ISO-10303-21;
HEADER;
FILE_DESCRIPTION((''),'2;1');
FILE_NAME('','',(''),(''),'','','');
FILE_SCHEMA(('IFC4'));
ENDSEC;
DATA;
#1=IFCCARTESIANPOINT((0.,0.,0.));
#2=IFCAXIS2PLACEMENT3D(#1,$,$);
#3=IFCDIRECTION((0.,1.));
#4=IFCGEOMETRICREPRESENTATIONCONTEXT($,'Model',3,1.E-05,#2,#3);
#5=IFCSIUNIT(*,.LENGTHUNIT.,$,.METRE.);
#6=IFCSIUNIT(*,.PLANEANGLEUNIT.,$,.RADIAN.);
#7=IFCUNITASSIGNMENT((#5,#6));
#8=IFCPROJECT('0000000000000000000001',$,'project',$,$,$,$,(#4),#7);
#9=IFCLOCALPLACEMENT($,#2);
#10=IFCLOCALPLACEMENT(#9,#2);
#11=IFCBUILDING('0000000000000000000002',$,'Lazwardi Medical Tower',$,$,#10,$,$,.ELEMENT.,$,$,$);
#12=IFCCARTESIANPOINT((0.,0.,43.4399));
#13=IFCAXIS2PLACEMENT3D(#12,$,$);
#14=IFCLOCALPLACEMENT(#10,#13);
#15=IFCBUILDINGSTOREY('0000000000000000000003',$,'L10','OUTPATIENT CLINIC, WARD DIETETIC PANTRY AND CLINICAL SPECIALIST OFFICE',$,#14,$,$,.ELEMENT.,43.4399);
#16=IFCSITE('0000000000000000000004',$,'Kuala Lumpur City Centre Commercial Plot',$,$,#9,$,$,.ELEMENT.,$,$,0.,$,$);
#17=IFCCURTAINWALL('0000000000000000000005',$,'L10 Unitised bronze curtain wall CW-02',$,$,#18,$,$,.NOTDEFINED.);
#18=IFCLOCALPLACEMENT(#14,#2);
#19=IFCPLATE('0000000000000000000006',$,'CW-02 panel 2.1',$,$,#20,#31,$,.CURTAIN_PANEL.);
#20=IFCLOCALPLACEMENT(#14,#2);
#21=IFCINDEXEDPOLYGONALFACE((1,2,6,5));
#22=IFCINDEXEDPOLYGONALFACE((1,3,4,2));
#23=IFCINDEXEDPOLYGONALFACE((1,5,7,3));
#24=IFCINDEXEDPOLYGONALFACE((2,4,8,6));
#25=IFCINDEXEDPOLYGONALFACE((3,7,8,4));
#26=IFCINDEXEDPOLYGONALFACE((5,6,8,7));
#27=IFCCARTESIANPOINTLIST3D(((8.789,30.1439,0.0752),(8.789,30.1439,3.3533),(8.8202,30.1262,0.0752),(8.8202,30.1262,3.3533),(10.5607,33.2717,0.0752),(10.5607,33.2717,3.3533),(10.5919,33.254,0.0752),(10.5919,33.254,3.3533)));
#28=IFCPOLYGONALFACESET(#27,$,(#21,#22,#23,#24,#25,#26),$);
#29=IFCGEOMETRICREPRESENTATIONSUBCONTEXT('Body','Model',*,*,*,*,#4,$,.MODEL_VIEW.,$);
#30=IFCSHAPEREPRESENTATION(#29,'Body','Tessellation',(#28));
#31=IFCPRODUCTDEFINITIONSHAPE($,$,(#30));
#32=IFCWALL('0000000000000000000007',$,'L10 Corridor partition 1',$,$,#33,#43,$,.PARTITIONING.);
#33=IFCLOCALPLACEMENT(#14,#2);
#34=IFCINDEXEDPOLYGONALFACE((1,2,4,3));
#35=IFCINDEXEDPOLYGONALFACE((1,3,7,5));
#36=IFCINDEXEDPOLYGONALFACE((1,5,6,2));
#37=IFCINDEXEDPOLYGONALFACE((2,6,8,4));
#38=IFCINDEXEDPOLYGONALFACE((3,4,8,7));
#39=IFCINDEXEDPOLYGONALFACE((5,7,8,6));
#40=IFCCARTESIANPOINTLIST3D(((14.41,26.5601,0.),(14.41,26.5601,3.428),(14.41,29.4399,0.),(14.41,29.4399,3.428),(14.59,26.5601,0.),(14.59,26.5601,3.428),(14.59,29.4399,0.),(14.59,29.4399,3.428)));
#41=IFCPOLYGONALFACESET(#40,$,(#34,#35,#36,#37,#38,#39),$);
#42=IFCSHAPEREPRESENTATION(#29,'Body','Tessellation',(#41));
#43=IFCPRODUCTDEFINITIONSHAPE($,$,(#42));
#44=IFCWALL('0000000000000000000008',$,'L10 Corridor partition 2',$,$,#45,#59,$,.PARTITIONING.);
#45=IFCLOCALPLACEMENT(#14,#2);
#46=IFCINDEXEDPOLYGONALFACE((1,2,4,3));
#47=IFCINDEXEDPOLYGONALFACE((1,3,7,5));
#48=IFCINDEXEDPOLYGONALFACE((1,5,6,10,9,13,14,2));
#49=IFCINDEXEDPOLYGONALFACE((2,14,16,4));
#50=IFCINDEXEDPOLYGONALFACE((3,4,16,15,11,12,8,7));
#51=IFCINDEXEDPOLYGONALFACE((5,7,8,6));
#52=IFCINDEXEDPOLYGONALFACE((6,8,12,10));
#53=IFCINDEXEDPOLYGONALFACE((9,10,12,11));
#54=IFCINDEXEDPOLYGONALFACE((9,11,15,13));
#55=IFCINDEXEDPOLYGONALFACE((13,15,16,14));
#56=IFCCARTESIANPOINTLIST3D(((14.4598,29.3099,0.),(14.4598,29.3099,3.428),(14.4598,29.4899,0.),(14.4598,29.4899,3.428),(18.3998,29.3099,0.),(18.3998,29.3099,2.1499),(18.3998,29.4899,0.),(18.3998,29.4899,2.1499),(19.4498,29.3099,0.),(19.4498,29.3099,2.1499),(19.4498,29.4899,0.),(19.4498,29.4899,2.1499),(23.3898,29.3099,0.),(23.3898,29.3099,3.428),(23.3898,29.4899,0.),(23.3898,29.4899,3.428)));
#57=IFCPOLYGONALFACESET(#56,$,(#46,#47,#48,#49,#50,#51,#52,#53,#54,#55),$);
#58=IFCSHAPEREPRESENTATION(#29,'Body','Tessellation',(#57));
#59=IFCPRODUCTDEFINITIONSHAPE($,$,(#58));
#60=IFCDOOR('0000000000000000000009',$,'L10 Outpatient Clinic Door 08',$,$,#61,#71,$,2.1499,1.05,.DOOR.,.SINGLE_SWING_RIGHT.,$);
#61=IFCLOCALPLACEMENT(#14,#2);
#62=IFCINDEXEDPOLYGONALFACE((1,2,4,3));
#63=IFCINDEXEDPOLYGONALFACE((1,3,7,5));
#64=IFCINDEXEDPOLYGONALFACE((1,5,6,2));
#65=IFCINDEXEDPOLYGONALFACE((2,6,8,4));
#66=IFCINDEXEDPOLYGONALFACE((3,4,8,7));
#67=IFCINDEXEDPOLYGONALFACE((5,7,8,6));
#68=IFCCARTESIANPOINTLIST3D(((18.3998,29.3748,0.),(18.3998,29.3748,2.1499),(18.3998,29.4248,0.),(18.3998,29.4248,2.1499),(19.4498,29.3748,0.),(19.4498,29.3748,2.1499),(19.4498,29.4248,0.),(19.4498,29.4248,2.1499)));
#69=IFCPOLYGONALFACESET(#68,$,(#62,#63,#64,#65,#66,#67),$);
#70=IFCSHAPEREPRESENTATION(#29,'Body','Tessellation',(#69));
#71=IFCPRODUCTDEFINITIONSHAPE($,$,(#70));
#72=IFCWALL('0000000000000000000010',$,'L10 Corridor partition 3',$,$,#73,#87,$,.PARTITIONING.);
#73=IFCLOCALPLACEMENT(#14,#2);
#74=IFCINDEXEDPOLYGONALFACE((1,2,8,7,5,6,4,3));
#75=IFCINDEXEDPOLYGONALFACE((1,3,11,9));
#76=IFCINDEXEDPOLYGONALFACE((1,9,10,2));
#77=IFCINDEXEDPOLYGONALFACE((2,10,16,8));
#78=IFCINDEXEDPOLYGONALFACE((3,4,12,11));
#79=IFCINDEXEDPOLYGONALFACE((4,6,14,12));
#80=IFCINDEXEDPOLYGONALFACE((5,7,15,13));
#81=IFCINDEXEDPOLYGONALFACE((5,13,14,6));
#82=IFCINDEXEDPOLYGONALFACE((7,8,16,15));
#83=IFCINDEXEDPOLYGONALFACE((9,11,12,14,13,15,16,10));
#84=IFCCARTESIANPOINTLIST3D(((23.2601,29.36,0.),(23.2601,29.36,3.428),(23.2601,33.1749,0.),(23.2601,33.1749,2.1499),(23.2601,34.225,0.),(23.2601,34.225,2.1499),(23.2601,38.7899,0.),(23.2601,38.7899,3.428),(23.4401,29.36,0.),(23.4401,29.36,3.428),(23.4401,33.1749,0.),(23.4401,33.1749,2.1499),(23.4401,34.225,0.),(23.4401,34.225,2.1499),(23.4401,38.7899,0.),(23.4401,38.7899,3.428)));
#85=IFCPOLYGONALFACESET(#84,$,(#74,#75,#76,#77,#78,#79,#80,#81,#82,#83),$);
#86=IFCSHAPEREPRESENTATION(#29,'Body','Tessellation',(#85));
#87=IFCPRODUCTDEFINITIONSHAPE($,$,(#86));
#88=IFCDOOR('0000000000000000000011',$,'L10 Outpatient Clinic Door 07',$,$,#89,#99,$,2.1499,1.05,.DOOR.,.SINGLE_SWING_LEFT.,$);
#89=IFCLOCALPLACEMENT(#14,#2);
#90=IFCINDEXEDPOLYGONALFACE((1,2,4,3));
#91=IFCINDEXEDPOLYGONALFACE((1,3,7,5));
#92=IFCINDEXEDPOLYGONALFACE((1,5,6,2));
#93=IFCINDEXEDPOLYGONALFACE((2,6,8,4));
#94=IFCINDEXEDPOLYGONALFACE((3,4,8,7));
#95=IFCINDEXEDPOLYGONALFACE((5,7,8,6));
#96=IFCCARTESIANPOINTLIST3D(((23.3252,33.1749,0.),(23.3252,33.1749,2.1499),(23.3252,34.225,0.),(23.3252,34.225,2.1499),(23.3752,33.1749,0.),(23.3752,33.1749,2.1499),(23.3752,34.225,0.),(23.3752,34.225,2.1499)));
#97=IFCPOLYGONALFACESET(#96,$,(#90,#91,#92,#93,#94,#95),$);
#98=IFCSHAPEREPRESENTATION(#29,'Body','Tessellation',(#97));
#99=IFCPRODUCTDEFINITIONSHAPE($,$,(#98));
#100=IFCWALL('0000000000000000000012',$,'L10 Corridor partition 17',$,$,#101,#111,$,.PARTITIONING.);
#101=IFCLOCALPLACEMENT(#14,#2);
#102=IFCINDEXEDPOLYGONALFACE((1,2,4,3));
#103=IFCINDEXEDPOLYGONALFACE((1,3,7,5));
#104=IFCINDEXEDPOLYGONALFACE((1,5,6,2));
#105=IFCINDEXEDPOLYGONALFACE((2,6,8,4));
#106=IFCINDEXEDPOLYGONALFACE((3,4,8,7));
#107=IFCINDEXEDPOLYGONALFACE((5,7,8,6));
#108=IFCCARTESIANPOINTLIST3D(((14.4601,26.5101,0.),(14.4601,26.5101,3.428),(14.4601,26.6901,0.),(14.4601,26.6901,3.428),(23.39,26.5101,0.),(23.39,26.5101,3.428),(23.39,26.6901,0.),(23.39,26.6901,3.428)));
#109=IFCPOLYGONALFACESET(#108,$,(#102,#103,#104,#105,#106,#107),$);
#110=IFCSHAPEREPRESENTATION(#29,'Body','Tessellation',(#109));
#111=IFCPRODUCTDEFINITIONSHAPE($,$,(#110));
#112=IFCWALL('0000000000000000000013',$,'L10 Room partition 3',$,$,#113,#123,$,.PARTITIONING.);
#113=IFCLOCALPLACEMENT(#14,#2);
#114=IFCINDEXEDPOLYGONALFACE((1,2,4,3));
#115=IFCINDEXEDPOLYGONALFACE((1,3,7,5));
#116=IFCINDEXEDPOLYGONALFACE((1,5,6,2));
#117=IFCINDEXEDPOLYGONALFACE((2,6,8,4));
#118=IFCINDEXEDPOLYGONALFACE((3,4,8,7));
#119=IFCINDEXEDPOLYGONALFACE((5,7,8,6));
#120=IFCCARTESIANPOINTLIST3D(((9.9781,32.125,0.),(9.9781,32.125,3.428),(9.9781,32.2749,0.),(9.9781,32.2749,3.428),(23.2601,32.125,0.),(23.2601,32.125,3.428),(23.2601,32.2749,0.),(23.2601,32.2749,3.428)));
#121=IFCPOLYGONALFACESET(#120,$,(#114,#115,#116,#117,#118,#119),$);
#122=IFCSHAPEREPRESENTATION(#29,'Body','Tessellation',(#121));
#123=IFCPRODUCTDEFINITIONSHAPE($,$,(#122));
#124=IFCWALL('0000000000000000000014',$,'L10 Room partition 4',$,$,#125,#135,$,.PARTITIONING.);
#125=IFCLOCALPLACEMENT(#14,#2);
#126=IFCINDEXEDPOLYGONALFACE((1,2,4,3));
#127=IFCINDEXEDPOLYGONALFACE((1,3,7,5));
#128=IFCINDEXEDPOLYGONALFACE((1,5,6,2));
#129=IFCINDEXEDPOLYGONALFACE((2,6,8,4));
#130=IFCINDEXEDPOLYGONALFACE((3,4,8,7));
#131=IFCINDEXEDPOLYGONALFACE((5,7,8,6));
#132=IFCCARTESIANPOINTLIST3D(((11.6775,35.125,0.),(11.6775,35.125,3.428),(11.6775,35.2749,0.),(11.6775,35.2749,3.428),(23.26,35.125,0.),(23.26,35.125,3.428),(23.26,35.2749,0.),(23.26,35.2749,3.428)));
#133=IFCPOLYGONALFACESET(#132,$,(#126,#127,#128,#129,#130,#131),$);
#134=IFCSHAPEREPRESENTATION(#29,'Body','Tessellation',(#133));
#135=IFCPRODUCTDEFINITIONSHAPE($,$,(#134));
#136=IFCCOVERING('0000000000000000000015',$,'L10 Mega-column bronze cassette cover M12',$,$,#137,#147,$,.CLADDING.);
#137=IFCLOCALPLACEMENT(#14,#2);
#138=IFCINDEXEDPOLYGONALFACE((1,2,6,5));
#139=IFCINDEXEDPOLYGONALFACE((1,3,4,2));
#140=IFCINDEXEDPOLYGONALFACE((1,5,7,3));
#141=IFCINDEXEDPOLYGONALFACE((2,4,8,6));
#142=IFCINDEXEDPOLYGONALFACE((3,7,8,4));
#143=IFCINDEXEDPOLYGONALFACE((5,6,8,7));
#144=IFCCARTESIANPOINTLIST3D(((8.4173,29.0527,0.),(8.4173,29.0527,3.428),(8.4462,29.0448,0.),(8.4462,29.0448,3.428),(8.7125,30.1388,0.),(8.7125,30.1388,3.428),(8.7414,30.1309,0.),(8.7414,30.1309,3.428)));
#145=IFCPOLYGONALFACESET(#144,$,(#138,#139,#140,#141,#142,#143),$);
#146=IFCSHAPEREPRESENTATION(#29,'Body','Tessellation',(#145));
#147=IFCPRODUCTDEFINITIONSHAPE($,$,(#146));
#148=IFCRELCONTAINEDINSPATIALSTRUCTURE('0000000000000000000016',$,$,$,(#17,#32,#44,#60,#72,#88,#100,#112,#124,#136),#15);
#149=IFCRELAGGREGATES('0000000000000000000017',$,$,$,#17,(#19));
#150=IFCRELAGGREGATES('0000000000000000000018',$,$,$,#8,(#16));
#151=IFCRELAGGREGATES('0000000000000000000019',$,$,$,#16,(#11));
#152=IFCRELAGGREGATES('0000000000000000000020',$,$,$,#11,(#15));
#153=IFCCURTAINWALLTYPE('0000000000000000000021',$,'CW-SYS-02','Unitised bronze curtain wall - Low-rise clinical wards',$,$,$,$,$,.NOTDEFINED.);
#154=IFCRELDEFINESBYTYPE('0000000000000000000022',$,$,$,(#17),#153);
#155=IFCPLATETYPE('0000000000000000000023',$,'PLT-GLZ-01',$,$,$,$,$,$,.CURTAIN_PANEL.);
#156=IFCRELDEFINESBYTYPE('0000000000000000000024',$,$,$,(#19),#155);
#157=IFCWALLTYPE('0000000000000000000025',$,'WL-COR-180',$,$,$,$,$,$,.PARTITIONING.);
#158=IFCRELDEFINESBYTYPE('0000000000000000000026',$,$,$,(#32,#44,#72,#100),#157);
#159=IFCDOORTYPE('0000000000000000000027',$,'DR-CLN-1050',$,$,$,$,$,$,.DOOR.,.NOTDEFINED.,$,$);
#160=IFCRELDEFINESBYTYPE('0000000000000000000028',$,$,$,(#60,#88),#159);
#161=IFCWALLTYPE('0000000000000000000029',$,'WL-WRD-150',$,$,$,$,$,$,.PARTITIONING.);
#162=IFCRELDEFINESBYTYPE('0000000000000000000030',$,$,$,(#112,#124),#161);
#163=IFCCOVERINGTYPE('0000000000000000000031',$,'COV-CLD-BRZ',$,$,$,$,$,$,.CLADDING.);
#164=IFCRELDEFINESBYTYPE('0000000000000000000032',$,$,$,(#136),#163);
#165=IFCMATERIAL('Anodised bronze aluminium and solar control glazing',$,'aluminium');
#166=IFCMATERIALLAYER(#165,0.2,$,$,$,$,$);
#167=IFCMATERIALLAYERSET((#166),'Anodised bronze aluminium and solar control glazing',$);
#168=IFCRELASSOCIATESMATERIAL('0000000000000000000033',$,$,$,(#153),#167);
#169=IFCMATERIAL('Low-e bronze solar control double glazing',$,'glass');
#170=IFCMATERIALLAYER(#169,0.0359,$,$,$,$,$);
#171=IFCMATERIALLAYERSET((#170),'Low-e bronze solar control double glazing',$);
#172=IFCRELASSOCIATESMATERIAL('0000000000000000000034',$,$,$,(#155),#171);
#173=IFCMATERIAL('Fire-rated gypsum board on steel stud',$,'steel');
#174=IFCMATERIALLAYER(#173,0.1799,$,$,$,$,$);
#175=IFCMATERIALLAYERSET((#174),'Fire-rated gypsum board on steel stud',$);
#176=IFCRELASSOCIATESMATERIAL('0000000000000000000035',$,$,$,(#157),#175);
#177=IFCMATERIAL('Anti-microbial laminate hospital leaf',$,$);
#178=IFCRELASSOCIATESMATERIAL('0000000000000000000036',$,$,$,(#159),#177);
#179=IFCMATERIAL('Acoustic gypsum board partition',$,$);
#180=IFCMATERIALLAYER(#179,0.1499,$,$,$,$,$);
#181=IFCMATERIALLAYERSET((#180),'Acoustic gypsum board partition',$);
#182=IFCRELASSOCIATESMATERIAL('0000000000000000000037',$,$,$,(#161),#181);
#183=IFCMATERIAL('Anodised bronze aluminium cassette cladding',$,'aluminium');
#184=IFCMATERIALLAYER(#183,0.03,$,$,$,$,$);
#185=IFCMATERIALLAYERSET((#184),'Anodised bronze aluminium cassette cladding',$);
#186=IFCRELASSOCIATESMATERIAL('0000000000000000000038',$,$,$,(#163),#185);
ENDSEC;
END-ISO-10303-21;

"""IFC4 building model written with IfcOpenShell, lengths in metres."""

from ifc_helpers import new_model, si_unit, direction, frame, frame_2d, origin, origin_2d, place, context, subcontext, project, spatial, rectangle, extrude, material, layer, layer_set, type_object, element, fill, aggregate, save


model = new_model("IFC4")

# Units and contexts
model_context = context("Model", 3, precision=1e-05, world=origin(), true_north=direction((0.0, 1.0)))
body_context = subcontext(model_context, "Body", "Model", "MODEL_VIEW")
ifc_project = project(units=[si_unit("LENGTHUNIT", "METRE"), si_unit("PLANEANGLEUNIT", "RADIAN")], contexts=[model_context])

# Site, building, storey
site_placement = place(None, origin())
site = spatial("IfcSite", under=ifc_project, at=site_placement, Name="Kuala Lumpur City Centre Commercial Plot", CompositionType="ELEMENT", RefElevation=0.0)
building_placement = place(site_placement, origin())
building = spatial("IfcBuilding", under=site, at=building_placement, Name="Lazwardi Medical Tower", CompositionType="ELEMENT")
storey_placement = place(building_placement, frame((0.0, 0.0, 43.4399)))
storey = spatial("IfcBuildingStorey", under=building, at=storey_placement, Name="L10", Description="OUTPATIENT CLINIC, WARD DIETETIC PANTRY AND CLINICAL SPECIALIST OFFICE", CompositionType="ELEMENT", Elevation=43.4399)

# Curtain wall
ifc_material_1 = material(Name="Anodised bronze aluminium and solar control glazing", Category="aluminium")
ifc_layer_1 = layer(ifc_material_1, 0.2)
ifc_layer_set_1 = layer_set([ifc_layer_1], Name="Anodised bronze aluminium and solar control glazing")
curtain_wall_type = type_object("IfcCurtainWallType", Name="CW-SYS-02", Description="Unitised bronze curtain wall - Low-rise clinical wards", PredefinedType="NOTDEFINED", material=ifc_layer_set_1)
curtain_wall_1_placement = place(storey_placement, origin())
curtain_wall_1 = element("IfcCurtainWall", 1, at=curtain_wall_1_placement, inside=storey, type_object=curtain_wall_type, Name="L10 Unitised bronze curtain wall CW-02", PredefinedType="NOTDEFINED")

# Plate
ifc_material_2 = material(Name="Low-e bronze solar control double glazing", Category="glass")
ifc_layer_2 = layer(ifc_material_2, 0.0359)
ifc_layer_set_2 = layer_set([ifc_layer_2], Name="Low-e bronze solar control double glazing")
plate_type = type_object("IfcPlateType", Name="PLT-GLZ-01", PredefinedType="CURTAIN_PANEL", material=ifc_layer_set_2)
plate_1_placement = place(storey_placement, frame((9.6904, 31.699, 0.0752), z_axis=(0.0, 0.0, 1.0), x_axis=(-0.492854, -0.870112, 0.0)))
plate_1 = element("IfcPlate", 2, at=plate_1_placement, type_object=plate_type, Name="CW-02 panel 2.1", PredefinedType="CURTAIN_PANEL", context=body_context, shape_type="SweptSolid", body=[
    extrude(rectangle(XDim=3.5947, YDim=0.0359, at=origin_2d()), origin(), (0.0, 0.0, 1.0), 3.2781),
])
aggregate(curtain_wall_1, [plate_1])

# Wall
ifc_material_3 = material(Name="Fire-rated gypsum board on steel stud", Category="steel")
ifc_layer_3 = layer(ifc_material_3, 0.1799)
ifc_layer_set_3 = layer_set([ifc_layer_3], Name="Fire-rated gypsum board on steel stud")
wall_type_1 = type_object("IfcWallType", Name="WL-COR-180", PredefinedType="PARTITIONING", material=ifc_layer_set_3)
wall_1_placement = place(storey_placement, frame((14.5, 26.5601, 0.0), z_axis=(0.0, 0.0, 1.0), x_axis=(0.0, 1.0, 0.0)))
element("IfcWall", 3, at=wall_1_placement, inside=storey, type_object=wall_type_1, Name="L10 Corridor partition 1", PredefinedType="PARTITIONING", context=body_context, shape_type="SweptSolid", body=[
    extrude(rectangle(XDim=2.8799, YDim=0.1799, at=frame_2d((1.4399, 0.0))), origin(), (0.0, 0.0, 1.0), 3.428),
])

# Walls, openings, doors
wall_2_placement = place(storey_placement, frame((14.46, 29.3999, 0.0), z_axis=(0.0, 0.0, 1.0), x_axis=(1.0, 0.0, 0.0)))
wall_2 = element("IfcWall", 4, at=wall_2_placement, inside=storey, type_object=wall_type_1, Name="L10 Corridor partition 2", PredefinedType="PARTITIONING", context=body_context, shape_type="SweptSolid", body=[
    extrude(rectangle(XDim=8.9299, YDim=0.1799, at=frame_2d((4.4648, 0.0))), origin(), (0.0, 0.0, 1.0), 3.428),
])
opening_1_placement = place(wall_2_placement, frame((3.9399, 0.0, 0.0)))
opening_1 = element("IfcOpeningElement", 5, at=opening_1_placement, cuts=wall_2, PredefinedType="OPENING", context=body_context, shape_type="SweptSolid", body=[
    extrude(rectangle(XDim=1.05, YDim=2.1499, at=frame_2d((0.5249, 1.075))), frame((0.0, 0.0999, 0.0), z_axis=(0.0, -1.0, 0.0), x_axis=(1.0, 0.0, 0.0)), (0.0, 0.0, 1.0), 0.2),
])
ifc_material_4 = material(Name="Anti-microbial laminate hospital leaf")
door_type = type_object("IfcDoorType", Name="DR-CLN-1050", OperationType="NOTDEFINED", PredefinedType="DOOR", material=ifc_material_4)
door_1_placement = place(opening_1_placement, origin())
door_1 = element("IfcDoor", 6, at=door_1_placement, inside=storey, type_object=door_type, Name="L10 Outpatient Clinic Door 08", OperationType="SINGLE_SWING_RIGHT", OverallHeight=2.1499, OverallWidth=1.05, PredefinedType="DOOR", context=body_context, shape_type="SweptSolid", body=[
    extrude(rectangle(XDim=1.05, YDim=2.1499, at=frame_2d((0.5249, 1.075))), frame((0.0, 0.0249, 0.0), z_axis=(0.0, -1.0, 0.0), x_axis=(1.0, 0.0, 0.0)), (0.0, 0.0, 1.0), 0.05),
])
fill(opening_1, door_1)
wall_3_placement = place(storey_placement, frame((23.3501, 29.3601, 0.0), z_axis=(0.0, 0.0, 1.0), x_axis=(0.0, 1.0, 0.0)))
wall_3 = element("IfcWall", 7, at=wall_3_placement, inside=storey, type_object=wall_type_1, Name="L10 Corridor partition 3", PredefinedType="PARTITIONING", context=body_context, shape_type="SweptSolid", body=[
    extrude(rectangle(XDim=9.4299, YDim=0.1799, at=frame_2d((4.7148, 0.0))), origin(), (0.0, 0.0, 1.0), 3.428),
])
opening_2_placement = place(wall_3_placement, frame((3.8149, 0.0, 0.0)))
opening_2 = element("IfcOpeningElement", 8, at=opening_2_placement, cuts=wall_3, PredefinedType="OPENING", context=body_context, shape_type="SweptSolid", body=[
    extrude(rectangle(XDim=1.05, YDim=2.1499, at=frame_2d((0.5249, 1.075))), frame((0.0, 0.0999, 0.0), z_axis=(0.0, -1.0, 0.0), x_axis=(1.0, 0.0, 0.0)), (0.0, 0.0, 1.0), 0.2),
])
door_2_placement = place(opening_2_placement, origin())
door_2 = element("IfcDoor", 9, at=door_2_placement, inside=storey, type_object=door_type, Name="L10 Outpatient Clinic Door 07", OperationType="SINGLE_SWING_LEFT", OverallHeight=2.1499, OverallWidth=1.05, PredefinedType="DOOR", context=body_context, shape_type="SweptSolid", body=[
    extrude(rectangle(XDim=1.05, YDim=2.1499, at=frame_2d((0.5249, 1.075))), frame((0.0, 0.0249, 0.0), z_axis=(0.0, -1.0, 0.0), x_axis=(1.0, 0.0, 0.0)), (0.0, 0.0, 1.0), 0.05),
])
fill(opening_2, door_2)

# Walls
wall_4_placement = place(storey_placement, frame((23.3899, 26.6001, 0.0), z_axis=(0.0, 0.0, 1.0), x_axis=(-1.0, 0.0, 0.0)))
element("IfcWall", 10, at=wall_4_placement, inside=storey, type_object=wall_type_1, Name="L10 Corridor partition 17", PredefinedType="PARTITIONING", context=body_context, shape_type="SweptSolid", body=[
    extrude(rectangle(XDim=8.9299, YDim=0.1799, at=frame_2d((4.4648, 0.0))), origin(), (0.0, 0.0, 1.0), 3.428),
])
ifc_material_5 = material(Name="Acoustic gypsum board partition")
ifc_layer_4 = layer(ifc_material_5, 0.1499)
ifc_layer_set_4 = layer_set([ifc_layer_4], Name="Acoustic gypsum board partition")
wall_type_2 = type_object("IfcWallType", Name="WL-WRD-150", PredefinedType="PARTITIONING", material=ifc_layer_set_4)
wall_5_placement = place(storey_placement, frame((9.978, 32.2, 0.0), z_axis=(0.0, 0.0, 1.0), x_axis=(1.0, 0.0, 0.0)))
element("IfcWall", 11, at=wall_5_placement, inside=storey, type_object=wall_type_2, Name="L10 Room partition 3", PredefinedType="PARTITIONING", context=body_context, shape_type="SweptSolid", body=[
    extrude(rectangle(XDim=13.282, YDim=0.1499, at=frame_2d((6.6411, 0.0))), origin(), (0.0, 0.0, 1.0), 3.428),
])
wall_6_placement = place(storey_placement, frame((11.6775, 35.2, 0.0), z_axis=(0.0, 0.0, 1.0), x_axis=(1.0, 0.0, 0.0)))
element("IfcWall", 12, at=wall_6_placement, inside=storey, type_object=wall_type_2, Name="L10 Room partition 4", PredefinedType="PARTITIONING", context=body_context, shape_type="SweptSolid", body=[
    extrude(rectangle(XDim=11.5825, YDim=0.1499, at=frame_2d((5.7913, 0.0))), origin(), (0.0, 0.0, 1.0), 3.428),
])

# Covering
ifc_material_6 = material(Name="Anodised bronze aluminium cassette cladding", Category="aluminium")
ifc_layer_5 = layer(ifc_material_6, 0.03)
ifc_layer_set_5 = layer_set([ifc_layer_5], Name="Anodised bronze aluminium cassette cladding")
covering_type = type_object("IfcCoveringType", Name="COV-CLD-BRZ", PredefinedType="CLADDING", material=ifc_layer_set_5)
covering_placement = place(storey_placement, frame((8.5793, 29.5918, 0.0), z_axis=(0.0, 0.0, 1.0), x_axis=(-0.262283, -0.964991, 0.0)))
element("IfcCovering", 13, at=covering_placement, inside=storey, type_object=covering_type, Name="L10 Mega-column bronze cassette cover M12", PredefinedType="CLADDING", context=body_context, shape_type="SweptSolid", body=[
    extrude(rectangle(XDim=1.1255, YDim=0.03, at=origin_2d()), origin(), (0.0, 0.0, 1.0), 3.428),
])

save(model, "model.ifc")
